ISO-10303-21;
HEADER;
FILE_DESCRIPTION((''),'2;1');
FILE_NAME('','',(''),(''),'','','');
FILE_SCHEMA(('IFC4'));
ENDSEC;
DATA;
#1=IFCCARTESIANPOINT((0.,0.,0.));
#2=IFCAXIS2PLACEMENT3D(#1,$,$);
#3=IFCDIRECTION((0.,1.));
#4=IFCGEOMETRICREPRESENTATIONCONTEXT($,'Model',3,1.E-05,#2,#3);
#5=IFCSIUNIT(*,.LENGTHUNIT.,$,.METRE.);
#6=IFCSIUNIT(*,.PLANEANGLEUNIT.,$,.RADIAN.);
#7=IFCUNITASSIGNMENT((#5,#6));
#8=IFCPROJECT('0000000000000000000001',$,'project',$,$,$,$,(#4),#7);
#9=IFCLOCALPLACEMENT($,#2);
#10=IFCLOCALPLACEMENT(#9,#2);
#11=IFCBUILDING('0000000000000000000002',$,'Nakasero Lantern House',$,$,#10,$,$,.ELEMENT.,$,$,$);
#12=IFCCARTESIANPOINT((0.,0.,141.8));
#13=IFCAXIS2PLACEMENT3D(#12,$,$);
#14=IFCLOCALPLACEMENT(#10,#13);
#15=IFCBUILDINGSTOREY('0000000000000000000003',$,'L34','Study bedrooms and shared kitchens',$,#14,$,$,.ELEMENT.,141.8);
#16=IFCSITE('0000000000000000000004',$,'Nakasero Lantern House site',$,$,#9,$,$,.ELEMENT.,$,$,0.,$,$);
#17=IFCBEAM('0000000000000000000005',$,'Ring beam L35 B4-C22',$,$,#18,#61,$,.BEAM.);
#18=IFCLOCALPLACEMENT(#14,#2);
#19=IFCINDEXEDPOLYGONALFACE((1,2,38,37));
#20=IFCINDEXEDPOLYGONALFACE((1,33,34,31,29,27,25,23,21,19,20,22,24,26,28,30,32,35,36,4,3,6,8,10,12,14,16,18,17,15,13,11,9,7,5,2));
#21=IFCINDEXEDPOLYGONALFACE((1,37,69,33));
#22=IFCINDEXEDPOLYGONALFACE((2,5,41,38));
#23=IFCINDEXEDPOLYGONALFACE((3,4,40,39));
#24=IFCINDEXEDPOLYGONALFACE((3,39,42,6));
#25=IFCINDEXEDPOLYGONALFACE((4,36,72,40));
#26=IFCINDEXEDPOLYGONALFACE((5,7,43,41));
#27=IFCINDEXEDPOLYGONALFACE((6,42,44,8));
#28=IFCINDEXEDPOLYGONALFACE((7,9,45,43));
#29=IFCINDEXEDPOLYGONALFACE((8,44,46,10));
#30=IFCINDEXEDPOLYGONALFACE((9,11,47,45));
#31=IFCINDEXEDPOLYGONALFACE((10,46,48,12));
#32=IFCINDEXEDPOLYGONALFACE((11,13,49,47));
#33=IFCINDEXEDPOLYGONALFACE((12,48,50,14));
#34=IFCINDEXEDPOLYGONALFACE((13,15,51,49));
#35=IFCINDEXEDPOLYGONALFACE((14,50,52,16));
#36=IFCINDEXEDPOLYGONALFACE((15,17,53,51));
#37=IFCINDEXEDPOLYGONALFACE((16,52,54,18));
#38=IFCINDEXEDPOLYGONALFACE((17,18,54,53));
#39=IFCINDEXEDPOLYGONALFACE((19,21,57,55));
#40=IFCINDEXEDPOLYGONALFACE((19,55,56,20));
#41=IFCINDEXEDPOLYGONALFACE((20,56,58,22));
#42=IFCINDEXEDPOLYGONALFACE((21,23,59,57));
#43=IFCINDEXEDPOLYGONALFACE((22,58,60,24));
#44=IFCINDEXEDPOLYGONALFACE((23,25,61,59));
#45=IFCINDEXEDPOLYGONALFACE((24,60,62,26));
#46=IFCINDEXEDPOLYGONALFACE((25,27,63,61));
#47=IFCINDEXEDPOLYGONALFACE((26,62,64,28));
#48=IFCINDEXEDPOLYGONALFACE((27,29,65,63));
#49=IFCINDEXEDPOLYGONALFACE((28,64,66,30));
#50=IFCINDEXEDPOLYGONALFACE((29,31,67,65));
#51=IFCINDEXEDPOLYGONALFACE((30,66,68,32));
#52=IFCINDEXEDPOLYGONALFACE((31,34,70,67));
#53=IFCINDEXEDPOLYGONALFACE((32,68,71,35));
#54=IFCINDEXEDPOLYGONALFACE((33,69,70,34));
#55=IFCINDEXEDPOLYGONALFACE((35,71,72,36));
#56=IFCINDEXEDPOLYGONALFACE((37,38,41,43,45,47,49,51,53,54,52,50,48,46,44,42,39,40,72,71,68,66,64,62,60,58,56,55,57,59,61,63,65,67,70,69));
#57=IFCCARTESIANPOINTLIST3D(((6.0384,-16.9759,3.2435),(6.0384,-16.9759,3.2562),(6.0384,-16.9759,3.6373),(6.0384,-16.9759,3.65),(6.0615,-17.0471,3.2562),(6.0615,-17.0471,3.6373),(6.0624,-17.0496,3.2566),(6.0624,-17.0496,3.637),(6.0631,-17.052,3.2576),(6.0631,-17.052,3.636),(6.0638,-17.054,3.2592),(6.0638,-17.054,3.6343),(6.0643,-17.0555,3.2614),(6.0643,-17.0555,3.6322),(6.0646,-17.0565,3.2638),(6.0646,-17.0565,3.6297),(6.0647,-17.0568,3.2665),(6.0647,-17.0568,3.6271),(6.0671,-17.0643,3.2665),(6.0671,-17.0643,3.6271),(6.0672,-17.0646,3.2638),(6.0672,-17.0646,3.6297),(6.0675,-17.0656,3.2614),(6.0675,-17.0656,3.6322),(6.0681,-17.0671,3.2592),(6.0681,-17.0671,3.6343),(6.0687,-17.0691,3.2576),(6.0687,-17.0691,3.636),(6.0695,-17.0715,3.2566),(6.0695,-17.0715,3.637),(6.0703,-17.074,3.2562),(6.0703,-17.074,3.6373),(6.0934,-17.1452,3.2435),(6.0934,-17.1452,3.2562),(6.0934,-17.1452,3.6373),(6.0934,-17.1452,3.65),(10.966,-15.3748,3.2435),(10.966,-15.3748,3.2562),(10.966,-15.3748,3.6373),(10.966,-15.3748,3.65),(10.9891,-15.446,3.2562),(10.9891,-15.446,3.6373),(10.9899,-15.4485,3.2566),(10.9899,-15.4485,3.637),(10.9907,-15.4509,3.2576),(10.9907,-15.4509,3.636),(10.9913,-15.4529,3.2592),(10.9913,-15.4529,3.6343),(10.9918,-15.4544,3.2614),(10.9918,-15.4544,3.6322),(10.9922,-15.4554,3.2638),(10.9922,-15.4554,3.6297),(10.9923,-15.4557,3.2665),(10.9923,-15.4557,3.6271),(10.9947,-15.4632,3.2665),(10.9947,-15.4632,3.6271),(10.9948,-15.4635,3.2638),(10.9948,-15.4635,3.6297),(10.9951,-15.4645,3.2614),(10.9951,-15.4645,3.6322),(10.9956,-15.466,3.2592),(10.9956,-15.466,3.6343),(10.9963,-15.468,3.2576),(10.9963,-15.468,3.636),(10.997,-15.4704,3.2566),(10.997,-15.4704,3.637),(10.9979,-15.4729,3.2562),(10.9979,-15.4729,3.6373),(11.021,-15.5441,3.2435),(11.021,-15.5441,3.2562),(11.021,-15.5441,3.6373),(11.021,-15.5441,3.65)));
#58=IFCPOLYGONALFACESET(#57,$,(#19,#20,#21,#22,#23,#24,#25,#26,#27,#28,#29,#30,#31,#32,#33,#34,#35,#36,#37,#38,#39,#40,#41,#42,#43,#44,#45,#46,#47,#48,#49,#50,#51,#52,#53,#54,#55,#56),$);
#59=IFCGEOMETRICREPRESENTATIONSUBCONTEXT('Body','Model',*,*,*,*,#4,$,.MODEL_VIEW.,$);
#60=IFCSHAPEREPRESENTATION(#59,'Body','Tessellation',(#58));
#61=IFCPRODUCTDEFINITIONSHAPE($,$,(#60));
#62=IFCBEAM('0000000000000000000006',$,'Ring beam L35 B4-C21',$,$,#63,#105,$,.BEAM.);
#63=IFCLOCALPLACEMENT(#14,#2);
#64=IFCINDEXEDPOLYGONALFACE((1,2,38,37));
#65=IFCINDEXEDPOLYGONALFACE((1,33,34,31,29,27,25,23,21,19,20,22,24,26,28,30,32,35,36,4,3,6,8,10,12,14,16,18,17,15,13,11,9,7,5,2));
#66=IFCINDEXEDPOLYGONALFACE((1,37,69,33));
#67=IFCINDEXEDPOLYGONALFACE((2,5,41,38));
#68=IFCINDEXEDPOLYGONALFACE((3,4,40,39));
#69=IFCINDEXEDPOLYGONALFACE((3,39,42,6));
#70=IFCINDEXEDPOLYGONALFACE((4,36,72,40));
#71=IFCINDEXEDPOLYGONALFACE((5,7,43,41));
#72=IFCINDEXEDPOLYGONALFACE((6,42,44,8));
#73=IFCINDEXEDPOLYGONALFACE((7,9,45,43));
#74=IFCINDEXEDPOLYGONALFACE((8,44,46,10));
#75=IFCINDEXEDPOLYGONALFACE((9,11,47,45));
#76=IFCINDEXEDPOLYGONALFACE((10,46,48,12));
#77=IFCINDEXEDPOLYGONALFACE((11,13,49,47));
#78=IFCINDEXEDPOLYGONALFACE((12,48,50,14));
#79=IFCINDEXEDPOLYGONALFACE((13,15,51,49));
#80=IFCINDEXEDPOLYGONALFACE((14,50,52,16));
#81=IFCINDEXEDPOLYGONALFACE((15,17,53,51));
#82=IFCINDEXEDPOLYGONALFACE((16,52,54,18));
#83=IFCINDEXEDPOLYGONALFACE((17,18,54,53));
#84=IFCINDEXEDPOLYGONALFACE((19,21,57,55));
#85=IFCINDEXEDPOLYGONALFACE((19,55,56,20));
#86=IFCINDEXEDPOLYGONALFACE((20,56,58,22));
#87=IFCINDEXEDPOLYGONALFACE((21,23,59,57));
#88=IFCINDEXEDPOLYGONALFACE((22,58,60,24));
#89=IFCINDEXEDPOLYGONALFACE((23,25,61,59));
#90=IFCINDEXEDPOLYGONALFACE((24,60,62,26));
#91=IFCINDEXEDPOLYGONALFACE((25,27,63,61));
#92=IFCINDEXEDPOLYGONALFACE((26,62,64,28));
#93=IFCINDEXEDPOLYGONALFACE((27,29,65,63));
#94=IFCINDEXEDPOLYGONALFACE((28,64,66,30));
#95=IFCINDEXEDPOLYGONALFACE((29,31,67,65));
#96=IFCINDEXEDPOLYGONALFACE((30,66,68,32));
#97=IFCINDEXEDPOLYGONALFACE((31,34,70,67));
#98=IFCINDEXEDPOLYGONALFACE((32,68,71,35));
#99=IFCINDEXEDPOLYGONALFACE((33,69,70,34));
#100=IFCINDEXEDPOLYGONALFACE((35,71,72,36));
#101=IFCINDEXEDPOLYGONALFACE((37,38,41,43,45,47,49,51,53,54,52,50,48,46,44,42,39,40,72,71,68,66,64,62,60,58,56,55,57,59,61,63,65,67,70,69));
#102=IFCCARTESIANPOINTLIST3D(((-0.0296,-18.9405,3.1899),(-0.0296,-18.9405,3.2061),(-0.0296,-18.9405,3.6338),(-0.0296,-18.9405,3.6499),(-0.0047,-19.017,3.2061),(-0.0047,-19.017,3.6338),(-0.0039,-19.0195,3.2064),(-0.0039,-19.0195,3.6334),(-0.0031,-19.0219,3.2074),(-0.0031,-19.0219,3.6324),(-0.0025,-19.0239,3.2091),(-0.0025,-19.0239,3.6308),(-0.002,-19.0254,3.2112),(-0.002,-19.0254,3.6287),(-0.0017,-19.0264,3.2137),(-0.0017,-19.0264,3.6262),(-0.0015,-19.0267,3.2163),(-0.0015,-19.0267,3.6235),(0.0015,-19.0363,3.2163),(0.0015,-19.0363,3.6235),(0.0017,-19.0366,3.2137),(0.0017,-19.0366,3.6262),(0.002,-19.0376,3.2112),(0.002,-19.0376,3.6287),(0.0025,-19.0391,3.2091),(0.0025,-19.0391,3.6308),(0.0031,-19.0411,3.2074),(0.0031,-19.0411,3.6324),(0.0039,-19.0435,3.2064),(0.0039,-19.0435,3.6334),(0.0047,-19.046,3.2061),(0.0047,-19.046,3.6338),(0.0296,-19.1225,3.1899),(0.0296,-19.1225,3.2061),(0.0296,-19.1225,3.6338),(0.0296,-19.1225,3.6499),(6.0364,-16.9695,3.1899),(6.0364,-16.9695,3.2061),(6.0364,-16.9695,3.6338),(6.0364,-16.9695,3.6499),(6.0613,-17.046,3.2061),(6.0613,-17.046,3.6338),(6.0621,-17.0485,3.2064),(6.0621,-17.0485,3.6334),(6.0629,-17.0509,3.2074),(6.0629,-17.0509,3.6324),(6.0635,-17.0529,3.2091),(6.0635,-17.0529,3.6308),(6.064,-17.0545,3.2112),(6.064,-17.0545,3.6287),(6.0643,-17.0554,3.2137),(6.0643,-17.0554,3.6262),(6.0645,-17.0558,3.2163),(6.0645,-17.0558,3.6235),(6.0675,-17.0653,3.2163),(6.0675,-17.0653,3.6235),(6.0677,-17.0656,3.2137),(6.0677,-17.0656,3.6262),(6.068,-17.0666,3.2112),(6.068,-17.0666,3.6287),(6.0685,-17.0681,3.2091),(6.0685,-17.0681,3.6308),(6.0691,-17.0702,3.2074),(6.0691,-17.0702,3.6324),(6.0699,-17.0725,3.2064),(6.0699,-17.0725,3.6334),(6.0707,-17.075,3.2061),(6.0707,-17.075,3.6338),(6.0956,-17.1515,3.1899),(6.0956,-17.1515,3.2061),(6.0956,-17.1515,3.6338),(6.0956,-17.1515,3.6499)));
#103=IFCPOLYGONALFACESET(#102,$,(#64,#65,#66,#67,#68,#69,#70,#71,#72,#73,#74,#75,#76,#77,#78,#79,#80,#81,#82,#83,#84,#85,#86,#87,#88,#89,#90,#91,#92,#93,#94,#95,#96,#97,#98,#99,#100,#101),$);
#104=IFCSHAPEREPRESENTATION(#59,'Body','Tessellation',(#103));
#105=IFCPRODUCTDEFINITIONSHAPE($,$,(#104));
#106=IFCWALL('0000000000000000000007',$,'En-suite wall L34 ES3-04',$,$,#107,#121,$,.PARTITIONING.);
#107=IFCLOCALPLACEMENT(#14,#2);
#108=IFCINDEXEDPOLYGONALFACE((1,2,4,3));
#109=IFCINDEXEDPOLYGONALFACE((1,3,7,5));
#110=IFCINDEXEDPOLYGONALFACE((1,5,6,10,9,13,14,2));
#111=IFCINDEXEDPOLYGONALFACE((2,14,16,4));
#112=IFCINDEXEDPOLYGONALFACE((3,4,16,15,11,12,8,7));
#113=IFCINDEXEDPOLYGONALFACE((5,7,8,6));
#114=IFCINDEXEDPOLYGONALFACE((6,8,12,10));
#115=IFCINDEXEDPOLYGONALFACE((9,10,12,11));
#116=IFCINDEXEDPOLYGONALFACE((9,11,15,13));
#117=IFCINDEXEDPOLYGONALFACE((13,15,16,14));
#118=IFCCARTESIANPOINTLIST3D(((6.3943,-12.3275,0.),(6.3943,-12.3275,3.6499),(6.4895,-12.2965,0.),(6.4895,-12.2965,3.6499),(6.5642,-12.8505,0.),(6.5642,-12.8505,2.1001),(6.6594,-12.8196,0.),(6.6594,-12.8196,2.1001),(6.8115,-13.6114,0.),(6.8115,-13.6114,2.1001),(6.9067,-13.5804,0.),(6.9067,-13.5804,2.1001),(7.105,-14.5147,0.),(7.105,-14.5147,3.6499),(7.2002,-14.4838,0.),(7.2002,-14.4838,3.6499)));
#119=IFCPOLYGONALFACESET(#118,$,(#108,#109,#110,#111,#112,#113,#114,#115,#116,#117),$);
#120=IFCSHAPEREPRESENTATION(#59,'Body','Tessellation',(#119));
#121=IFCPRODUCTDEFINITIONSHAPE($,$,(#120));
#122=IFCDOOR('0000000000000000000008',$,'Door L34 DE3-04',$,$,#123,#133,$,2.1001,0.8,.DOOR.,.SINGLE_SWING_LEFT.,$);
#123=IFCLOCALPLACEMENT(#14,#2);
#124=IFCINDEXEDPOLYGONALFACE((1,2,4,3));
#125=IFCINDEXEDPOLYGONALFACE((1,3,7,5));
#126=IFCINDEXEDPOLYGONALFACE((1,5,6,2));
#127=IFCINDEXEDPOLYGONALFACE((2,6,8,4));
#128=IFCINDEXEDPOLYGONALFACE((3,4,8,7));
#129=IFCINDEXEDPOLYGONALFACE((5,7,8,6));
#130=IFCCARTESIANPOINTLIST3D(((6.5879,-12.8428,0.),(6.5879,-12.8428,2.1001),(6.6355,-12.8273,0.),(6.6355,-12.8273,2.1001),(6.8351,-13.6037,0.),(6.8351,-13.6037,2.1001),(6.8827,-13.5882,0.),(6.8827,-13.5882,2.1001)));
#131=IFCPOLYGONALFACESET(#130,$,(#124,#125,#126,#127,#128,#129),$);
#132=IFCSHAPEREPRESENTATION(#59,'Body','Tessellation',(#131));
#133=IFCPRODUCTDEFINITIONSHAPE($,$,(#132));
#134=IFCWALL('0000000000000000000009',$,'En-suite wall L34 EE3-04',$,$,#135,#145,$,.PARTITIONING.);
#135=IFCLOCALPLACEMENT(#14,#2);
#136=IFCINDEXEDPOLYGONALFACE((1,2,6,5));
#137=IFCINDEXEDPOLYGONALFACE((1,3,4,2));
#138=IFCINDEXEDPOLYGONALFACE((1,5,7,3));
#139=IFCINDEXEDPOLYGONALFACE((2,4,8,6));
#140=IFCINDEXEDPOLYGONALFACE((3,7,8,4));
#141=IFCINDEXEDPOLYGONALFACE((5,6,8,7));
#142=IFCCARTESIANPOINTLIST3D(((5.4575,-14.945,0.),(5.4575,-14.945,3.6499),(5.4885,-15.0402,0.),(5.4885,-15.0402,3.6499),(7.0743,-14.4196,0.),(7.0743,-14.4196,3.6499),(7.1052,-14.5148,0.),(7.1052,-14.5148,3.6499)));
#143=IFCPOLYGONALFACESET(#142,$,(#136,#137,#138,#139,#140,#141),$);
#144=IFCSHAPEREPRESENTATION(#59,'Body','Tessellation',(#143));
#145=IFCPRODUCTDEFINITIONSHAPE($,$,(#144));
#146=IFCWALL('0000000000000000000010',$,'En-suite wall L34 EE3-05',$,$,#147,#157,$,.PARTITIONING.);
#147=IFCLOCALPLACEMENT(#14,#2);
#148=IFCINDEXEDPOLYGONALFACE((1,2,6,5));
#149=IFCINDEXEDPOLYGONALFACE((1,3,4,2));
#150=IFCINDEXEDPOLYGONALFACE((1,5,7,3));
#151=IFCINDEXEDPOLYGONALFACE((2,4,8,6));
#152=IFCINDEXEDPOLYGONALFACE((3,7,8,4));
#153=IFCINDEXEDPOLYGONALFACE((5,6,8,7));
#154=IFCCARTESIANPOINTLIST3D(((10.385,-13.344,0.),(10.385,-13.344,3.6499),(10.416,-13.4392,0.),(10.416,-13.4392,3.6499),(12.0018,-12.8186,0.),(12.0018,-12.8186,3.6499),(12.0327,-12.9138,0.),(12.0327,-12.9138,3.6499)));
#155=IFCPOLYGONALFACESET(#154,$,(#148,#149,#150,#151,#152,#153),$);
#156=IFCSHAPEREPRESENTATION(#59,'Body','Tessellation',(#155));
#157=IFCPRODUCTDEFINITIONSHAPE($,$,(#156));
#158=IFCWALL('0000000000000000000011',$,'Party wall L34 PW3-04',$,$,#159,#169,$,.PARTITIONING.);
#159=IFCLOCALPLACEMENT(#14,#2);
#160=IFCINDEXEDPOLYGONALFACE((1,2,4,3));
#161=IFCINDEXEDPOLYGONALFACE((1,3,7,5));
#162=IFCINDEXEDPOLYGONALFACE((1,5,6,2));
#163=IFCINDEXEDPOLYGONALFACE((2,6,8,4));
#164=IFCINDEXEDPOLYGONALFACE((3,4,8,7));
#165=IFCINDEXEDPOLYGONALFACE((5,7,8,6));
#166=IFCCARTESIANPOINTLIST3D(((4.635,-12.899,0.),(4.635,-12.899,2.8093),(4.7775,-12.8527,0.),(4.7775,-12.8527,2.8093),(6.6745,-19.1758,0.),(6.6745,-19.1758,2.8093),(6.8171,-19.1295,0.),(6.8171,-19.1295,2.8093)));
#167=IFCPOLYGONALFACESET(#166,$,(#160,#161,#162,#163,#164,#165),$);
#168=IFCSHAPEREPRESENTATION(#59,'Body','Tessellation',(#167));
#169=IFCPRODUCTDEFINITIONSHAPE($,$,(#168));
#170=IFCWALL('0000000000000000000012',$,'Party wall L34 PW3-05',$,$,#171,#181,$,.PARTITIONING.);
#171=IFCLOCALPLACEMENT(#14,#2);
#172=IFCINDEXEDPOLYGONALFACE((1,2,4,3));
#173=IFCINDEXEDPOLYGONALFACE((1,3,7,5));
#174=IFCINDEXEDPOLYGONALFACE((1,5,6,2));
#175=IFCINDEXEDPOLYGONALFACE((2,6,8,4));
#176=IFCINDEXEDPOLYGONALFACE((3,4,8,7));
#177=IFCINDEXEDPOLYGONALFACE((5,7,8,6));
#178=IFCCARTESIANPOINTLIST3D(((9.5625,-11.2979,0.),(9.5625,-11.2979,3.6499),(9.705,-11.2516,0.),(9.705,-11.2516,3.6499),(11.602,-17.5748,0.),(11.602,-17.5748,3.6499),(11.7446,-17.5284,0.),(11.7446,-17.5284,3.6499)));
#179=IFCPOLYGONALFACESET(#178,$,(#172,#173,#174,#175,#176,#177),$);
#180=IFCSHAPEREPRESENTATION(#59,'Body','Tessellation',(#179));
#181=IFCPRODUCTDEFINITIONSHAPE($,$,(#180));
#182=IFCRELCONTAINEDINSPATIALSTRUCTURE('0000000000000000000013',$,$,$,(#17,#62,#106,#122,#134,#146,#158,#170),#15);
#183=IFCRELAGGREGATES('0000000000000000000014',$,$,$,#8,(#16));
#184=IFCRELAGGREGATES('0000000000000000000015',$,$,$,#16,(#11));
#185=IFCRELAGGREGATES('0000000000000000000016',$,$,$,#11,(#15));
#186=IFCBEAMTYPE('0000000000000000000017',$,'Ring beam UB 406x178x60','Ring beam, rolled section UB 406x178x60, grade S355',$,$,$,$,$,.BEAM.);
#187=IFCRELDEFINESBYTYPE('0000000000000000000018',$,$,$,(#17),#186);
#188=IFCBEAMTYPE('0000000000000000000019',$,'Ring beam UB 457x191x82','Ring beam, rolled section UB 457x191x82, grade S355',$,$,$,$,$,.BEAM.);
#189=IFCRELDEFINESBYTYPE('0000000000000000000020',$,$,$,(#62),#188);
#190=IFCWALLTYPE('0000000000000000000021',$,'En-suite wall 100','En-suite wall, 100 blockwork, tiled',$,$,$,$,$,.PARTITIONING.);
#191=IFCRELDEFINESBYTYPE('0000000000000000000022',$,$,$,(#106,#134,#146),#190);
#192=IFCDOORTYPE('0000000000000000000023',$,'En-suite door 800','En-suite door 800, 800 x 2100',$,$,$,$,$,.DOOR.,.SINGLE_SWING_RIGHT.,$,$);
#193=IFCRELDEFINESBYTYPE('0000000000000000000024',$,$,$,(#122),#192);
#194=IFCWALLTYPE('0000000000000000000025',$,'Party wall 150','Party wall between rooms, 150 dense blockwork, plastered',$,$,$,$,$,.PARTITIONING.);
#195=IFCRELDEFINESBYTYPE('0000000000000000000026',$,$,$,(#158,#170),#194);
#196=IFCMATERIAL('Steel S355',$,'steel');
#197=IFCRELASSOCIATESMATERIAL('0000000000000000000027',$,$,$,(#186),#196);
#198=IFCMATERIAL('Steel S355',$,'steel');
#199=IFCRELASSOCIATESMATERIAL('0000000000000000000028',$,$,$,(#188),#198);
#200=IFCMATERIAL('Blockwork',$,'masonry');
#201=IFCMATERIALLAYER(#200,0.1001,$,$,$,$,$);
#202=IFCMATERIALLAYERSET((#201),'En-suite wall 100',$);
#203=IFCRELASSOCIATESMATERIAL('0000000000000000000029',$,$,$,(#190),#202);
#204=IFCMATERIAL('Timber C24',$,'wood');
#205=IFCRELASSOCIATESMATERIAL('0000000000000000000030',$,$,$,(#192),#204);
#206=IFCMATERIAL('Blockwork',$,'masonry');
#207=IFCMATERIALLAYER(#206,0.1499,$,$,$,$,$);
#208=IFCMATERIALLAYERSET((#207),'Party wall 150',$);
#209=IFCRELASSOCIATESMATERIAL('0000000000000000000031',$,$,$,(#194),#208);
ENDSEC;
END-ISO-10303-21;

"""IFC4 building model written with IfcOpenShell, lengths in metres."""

from ifc_helpers import new_model, si_unit, direction, frame, frame_2d, origin, origin_2d, place, context, subcontext, project, spatial, rectangle, i_section, extrude, material, layer, layer_set, material_profile, profile_set, type_object, element, fill, save


model = new_model("IFC4")

# Units and contexts
model_context = context("Model", 3, precision=1e-05, world=origin(), true_north=direction((0.0, 1.0)))
body_context = subcontext(model_context, "Body", "Model", "MODEL_VIEW")
ifc_project = project(units=[si_unit("LENGTHUNIT", "METRE"), si_unit("PLANEANGLEUNIT", "RADIAN")], contexts=[model_context])

# Site, building, storey
site_placement = place(None, origin())
site = spatial("IfcSite", under=ifc_project, at=site_placement, Name="Nakasero Lantern House site", CompositionType="ELEMENT", RefElevation=0.0)
building_placement = place(site_placement, origin())
building = spatial("IfcBuilding", under=site, at=building_placement, Name="Nakasero Lantern House", CompositionType="ELEMENT")
storey_placement = place(building_placement, frame((0.0, 0.0, 141.8)))
storey = spatial("IfcBuildingStorey", under=building, at=storey_placement, Name="L34", Description="Study bedrooms and shared kitchens", CompositionType="ELEMENT", Elevation=141.8)

# Beams
ifc_material_1 = material(Name="Steel S355", Category="steel")
ifc_material_profile_1 = material_profile(ifc_material_1, i_section(OverallWidth=0.178, OverallDepth=0.4065, WebThickness=0.0078, FlangeThickness=0.0127, FilletRadius=0.0103, at=origin_2d()), Name="UB 406x178x60")
ifc_profile_set_1 = profile_set([ifc_material_profile_1], Name="Steel S355")
beam_type_1 = type_object("IfcBeamType", Name="Ring beam UB 406x178x60", Description="Ring beam, rolled section UB 406x178x60, grade S355", PredefinedType="BEAM", material=ifc_profile_set_1)
beam_1_placement = place(storey_placement, frame((6.0659, -17.0605, 3.4468), z_axis=(0.951054, 0.309023, 0.0), x_axis=(-0.309023, 0.951054, 0.0)))
element("IfcBeam", 1, at=beam_1_placement, inside=storey, type_object=beam_type_1, Name="Ring beam L35 B4-C22", PredefinedType="BEAM", context=body_context, shape_type="SweptSolid", body=[
    extrude(i_section(OverallWidth=0.178, OverallDepth=0.4065, WebThickness=0.0078, FlangeThickness=0.0127, FilletRadius=0.0103, at=origin_2d()), origin(), (0.0, 0.0, 1.0), 5.1812),
])
ifc_material_2 = material(Name="Steel S355", Category="steel")
ifc_material_profile_2 = material_profile(ifc_material_2, i_section(OverallWidth=0.1914, OverallDepth=0.46, WebThickness=0.01, FlangeThickness=0.0161, FilletRadius=0.0103, at=origin_2d()), Name="UB 457x191x82")
ifc_profile_set_2 = profile_set([ifc_material_profile_2], Name="Steel S355")
beam_type_2 = type_object("IfcBeamType", Name="Ring beam UB 457x191x82", Description="Ring beam, rolled section UB 457x191x82, grade S355", PredefinedType="BEAM", material=ifc_profile_set_2)
beam_2_placement = place(storey_placement, frame((0.0, -19.0315, 3.4199), z_axis=(0.951056, 0.309019, 0.0), x_axis=(-0.309019, 0.951056, 0.0)))
element("IfcBeam", 2, at=beam_2_placement, inside=storey, type_object=beam_type_2, Name="Ring beam L35 B4-C21", PredefinedType="BEAM", context=body_context, shape_type="SweptSolid", body=[
    extrude(i_section(OverallWidth=0.1914, OverallDepth=0.46, WebThickness=0.01, FlangeThickness=0.0161, FilletRadius=0.0103, at=origin_2d()), origin(), (0.0, 0.0, 1.0), 6.3782),
])

# Wall, opening, door
ifc_material_3 = material(Name="Blockwork", Category="masonry")
ifc_layer_1 = layer(ifc_material_3, 0.1001)
ifc_layer_set_1 = layer_set([ifc_layer_1], Name="En-suite wall 100")
wall_type_1 = type_object("IfcWallType", Name="En-suite wall 100", Description="En-suite wall, 100 blockwork, tiled", PredefinedType="PARTITIONING", material=ifc_layer_set_1)
wall_1_placement = place(storey_placement, frame((6.4419, -12.312, 0.0), z_axis=(0.0, 0.0, 1.0), x_axis=(0.309021, -0.951055, 0.0)))
wall_1 = element("IfcWall", 3, at=wall_1_placement, inside=storey, type_object=wall_type_1, Name="En-suite wall L34 ES3-04", PredefinedType="PARTITIONING", context=body_context, shape_type="SweptSolid", body=[
    extrude(rectangle(XDim=2.2998, YDim=0.1001, at=frame_2d((1.1499, 0.0))), origin(), (0.0, 0.0, 1.0), 3.6499),
])
opening_placement = place(wall_1_placement, frame((0.55, 0.0, 0.0)))
opening = element("IfcOpeningElement", 4, at=opening_placement, cuts=wall_1, PredefinedType="OPENING", context=body_context, shape_type="SweptSolid", body=[
    extrude(rectangle(XDim=0.8, YDim=2.1001, at=frame_2d((0.3999, 1.05))), frame((0.0, 0.0701, 0.0), z_axis=(0.0, -1.0, 0.0), x_axis=(1.0, 0.0, 0.0)), (0.0, 0.0, 1.0), 0.1401),
])
ifc_material_4 = material(Name="Timber C24", Category="wood")
door_type = type_object("IfcDoorType", Name="En-suite door 800", Description="En-suite door 800, 800 x 2100", OperationType="SINGLE_SWING_RIGHT", PredefinedType="DOOR", material=ifc_material_4)
door_placement = place(opening_placement, origin())
door = element("IfcDoor", 5, at=door_placement, inside=storey, type_object=door_type, Name="Door L34 DE3-04", OperationType="SINGLE_SWING_LEFT", OverallHeight=2.1001, OverallWidth=0.8, PredefinedType="DOOR", context=body_context, shape_type="SweptSolid", body=[
    extrude(rectangle(XDim=0.8, YDim=2.1001, at=frame_2d((0.3999, 1.05))), frame((0.0, 0.0249, 0.0), z_axis=(0.0, -1.0, 0.0), x_axis=(1.0, 0.0, 0.0)), (0.0, 0.0, 1.0), 0.05),
])
fill(opening, door)

# Walls
for number, where, z_axis, x_axis, name in (
    (6, (5.4729, -14.9927, 0.0), (0.0, 0.0, 1.0), (0.95104, 0.309067, 0.0), "En-suite wall L34 EE3-04"),
    (7, (10.4004, -13.3916, 0.0), (0.0, 0.0, 1.0), (0.95104, 0.309067, 0.0), "En-suite wall L34 EE3-05"),
):
    element("IfcWall", number, at=place(storey_placement, frame(where, z_axis=z_axis, x_axis=x_axis)), inside=storey, type_object=wall_type_1, Name=name, PredefinedType="PARTITIONING", context=body_context, shape_type="SweptSolid", body=[
        extrude(rectangle(XDim=1.7, YDim=0.1001, at=frame_2d((0.8501, 0.0))), origin(), (0.0, 0.0, 1.0), 3.6499),
    ])
ifc_material_5 = material(Name="Blockwork", Category="masonry")
ifc_layer_2 = layer(ifc_material_5, 0.1499)
ifc_layer_set_2 = layer_set([ifc_layer_2], Name="Party wall 150")
wall_type_2 = type_object("IfcWallType", Name="Party wall 150", Description="Party wall between rooms, 150 dense blockwork, plastered", PredefinedType="PARTITIONING", material=ifc_layer_set_2)
wall_2_placement = place(storey_placement, frame((4.7063, -12.876, 0.0), z_axis=(0.0, 0.0, 1.0), x_axis=(0.309028, -0.951053, 0.0)))
element("IfcWall", 8, at=wall_2_placement, inside=storey, type_object=wall_type_2, Name="Party wall L34 PW3-04", PredefinedType="PARTITIONING", context=body_context, shape_type="SweptSolid", body=[
    extrude(rectangle(XDim=6.5999, YDim=0.1499, at=frame_2d((3.2998, 0.0))), origin(), (0.0, 0.0, 1.0), 2.8093),
])
wall_3_placement = place(storey_placement, frame((9.6338, -11.2749, 0.0), z_axis=(0.0, 0.0, 1.0), x_axis=(0.309028, -0.951053, 0.0)))
element("IfcWall", 9, at=wall_3_placement, inside=storey, type_object=wall_type_2, Name="Party wall L34 PW3-05", PredefinedType="PARTITIONING", context=body_context, shape_type="SweptSolid", body=[
    extrude(rectangle(XDim=6.5999, YDim=0.1499, at=frame_2d((3.2998, 0.0))), origin(), (0.0, 0.0, 1.0), 3.6499),
])

save(model, "model.ifc")
